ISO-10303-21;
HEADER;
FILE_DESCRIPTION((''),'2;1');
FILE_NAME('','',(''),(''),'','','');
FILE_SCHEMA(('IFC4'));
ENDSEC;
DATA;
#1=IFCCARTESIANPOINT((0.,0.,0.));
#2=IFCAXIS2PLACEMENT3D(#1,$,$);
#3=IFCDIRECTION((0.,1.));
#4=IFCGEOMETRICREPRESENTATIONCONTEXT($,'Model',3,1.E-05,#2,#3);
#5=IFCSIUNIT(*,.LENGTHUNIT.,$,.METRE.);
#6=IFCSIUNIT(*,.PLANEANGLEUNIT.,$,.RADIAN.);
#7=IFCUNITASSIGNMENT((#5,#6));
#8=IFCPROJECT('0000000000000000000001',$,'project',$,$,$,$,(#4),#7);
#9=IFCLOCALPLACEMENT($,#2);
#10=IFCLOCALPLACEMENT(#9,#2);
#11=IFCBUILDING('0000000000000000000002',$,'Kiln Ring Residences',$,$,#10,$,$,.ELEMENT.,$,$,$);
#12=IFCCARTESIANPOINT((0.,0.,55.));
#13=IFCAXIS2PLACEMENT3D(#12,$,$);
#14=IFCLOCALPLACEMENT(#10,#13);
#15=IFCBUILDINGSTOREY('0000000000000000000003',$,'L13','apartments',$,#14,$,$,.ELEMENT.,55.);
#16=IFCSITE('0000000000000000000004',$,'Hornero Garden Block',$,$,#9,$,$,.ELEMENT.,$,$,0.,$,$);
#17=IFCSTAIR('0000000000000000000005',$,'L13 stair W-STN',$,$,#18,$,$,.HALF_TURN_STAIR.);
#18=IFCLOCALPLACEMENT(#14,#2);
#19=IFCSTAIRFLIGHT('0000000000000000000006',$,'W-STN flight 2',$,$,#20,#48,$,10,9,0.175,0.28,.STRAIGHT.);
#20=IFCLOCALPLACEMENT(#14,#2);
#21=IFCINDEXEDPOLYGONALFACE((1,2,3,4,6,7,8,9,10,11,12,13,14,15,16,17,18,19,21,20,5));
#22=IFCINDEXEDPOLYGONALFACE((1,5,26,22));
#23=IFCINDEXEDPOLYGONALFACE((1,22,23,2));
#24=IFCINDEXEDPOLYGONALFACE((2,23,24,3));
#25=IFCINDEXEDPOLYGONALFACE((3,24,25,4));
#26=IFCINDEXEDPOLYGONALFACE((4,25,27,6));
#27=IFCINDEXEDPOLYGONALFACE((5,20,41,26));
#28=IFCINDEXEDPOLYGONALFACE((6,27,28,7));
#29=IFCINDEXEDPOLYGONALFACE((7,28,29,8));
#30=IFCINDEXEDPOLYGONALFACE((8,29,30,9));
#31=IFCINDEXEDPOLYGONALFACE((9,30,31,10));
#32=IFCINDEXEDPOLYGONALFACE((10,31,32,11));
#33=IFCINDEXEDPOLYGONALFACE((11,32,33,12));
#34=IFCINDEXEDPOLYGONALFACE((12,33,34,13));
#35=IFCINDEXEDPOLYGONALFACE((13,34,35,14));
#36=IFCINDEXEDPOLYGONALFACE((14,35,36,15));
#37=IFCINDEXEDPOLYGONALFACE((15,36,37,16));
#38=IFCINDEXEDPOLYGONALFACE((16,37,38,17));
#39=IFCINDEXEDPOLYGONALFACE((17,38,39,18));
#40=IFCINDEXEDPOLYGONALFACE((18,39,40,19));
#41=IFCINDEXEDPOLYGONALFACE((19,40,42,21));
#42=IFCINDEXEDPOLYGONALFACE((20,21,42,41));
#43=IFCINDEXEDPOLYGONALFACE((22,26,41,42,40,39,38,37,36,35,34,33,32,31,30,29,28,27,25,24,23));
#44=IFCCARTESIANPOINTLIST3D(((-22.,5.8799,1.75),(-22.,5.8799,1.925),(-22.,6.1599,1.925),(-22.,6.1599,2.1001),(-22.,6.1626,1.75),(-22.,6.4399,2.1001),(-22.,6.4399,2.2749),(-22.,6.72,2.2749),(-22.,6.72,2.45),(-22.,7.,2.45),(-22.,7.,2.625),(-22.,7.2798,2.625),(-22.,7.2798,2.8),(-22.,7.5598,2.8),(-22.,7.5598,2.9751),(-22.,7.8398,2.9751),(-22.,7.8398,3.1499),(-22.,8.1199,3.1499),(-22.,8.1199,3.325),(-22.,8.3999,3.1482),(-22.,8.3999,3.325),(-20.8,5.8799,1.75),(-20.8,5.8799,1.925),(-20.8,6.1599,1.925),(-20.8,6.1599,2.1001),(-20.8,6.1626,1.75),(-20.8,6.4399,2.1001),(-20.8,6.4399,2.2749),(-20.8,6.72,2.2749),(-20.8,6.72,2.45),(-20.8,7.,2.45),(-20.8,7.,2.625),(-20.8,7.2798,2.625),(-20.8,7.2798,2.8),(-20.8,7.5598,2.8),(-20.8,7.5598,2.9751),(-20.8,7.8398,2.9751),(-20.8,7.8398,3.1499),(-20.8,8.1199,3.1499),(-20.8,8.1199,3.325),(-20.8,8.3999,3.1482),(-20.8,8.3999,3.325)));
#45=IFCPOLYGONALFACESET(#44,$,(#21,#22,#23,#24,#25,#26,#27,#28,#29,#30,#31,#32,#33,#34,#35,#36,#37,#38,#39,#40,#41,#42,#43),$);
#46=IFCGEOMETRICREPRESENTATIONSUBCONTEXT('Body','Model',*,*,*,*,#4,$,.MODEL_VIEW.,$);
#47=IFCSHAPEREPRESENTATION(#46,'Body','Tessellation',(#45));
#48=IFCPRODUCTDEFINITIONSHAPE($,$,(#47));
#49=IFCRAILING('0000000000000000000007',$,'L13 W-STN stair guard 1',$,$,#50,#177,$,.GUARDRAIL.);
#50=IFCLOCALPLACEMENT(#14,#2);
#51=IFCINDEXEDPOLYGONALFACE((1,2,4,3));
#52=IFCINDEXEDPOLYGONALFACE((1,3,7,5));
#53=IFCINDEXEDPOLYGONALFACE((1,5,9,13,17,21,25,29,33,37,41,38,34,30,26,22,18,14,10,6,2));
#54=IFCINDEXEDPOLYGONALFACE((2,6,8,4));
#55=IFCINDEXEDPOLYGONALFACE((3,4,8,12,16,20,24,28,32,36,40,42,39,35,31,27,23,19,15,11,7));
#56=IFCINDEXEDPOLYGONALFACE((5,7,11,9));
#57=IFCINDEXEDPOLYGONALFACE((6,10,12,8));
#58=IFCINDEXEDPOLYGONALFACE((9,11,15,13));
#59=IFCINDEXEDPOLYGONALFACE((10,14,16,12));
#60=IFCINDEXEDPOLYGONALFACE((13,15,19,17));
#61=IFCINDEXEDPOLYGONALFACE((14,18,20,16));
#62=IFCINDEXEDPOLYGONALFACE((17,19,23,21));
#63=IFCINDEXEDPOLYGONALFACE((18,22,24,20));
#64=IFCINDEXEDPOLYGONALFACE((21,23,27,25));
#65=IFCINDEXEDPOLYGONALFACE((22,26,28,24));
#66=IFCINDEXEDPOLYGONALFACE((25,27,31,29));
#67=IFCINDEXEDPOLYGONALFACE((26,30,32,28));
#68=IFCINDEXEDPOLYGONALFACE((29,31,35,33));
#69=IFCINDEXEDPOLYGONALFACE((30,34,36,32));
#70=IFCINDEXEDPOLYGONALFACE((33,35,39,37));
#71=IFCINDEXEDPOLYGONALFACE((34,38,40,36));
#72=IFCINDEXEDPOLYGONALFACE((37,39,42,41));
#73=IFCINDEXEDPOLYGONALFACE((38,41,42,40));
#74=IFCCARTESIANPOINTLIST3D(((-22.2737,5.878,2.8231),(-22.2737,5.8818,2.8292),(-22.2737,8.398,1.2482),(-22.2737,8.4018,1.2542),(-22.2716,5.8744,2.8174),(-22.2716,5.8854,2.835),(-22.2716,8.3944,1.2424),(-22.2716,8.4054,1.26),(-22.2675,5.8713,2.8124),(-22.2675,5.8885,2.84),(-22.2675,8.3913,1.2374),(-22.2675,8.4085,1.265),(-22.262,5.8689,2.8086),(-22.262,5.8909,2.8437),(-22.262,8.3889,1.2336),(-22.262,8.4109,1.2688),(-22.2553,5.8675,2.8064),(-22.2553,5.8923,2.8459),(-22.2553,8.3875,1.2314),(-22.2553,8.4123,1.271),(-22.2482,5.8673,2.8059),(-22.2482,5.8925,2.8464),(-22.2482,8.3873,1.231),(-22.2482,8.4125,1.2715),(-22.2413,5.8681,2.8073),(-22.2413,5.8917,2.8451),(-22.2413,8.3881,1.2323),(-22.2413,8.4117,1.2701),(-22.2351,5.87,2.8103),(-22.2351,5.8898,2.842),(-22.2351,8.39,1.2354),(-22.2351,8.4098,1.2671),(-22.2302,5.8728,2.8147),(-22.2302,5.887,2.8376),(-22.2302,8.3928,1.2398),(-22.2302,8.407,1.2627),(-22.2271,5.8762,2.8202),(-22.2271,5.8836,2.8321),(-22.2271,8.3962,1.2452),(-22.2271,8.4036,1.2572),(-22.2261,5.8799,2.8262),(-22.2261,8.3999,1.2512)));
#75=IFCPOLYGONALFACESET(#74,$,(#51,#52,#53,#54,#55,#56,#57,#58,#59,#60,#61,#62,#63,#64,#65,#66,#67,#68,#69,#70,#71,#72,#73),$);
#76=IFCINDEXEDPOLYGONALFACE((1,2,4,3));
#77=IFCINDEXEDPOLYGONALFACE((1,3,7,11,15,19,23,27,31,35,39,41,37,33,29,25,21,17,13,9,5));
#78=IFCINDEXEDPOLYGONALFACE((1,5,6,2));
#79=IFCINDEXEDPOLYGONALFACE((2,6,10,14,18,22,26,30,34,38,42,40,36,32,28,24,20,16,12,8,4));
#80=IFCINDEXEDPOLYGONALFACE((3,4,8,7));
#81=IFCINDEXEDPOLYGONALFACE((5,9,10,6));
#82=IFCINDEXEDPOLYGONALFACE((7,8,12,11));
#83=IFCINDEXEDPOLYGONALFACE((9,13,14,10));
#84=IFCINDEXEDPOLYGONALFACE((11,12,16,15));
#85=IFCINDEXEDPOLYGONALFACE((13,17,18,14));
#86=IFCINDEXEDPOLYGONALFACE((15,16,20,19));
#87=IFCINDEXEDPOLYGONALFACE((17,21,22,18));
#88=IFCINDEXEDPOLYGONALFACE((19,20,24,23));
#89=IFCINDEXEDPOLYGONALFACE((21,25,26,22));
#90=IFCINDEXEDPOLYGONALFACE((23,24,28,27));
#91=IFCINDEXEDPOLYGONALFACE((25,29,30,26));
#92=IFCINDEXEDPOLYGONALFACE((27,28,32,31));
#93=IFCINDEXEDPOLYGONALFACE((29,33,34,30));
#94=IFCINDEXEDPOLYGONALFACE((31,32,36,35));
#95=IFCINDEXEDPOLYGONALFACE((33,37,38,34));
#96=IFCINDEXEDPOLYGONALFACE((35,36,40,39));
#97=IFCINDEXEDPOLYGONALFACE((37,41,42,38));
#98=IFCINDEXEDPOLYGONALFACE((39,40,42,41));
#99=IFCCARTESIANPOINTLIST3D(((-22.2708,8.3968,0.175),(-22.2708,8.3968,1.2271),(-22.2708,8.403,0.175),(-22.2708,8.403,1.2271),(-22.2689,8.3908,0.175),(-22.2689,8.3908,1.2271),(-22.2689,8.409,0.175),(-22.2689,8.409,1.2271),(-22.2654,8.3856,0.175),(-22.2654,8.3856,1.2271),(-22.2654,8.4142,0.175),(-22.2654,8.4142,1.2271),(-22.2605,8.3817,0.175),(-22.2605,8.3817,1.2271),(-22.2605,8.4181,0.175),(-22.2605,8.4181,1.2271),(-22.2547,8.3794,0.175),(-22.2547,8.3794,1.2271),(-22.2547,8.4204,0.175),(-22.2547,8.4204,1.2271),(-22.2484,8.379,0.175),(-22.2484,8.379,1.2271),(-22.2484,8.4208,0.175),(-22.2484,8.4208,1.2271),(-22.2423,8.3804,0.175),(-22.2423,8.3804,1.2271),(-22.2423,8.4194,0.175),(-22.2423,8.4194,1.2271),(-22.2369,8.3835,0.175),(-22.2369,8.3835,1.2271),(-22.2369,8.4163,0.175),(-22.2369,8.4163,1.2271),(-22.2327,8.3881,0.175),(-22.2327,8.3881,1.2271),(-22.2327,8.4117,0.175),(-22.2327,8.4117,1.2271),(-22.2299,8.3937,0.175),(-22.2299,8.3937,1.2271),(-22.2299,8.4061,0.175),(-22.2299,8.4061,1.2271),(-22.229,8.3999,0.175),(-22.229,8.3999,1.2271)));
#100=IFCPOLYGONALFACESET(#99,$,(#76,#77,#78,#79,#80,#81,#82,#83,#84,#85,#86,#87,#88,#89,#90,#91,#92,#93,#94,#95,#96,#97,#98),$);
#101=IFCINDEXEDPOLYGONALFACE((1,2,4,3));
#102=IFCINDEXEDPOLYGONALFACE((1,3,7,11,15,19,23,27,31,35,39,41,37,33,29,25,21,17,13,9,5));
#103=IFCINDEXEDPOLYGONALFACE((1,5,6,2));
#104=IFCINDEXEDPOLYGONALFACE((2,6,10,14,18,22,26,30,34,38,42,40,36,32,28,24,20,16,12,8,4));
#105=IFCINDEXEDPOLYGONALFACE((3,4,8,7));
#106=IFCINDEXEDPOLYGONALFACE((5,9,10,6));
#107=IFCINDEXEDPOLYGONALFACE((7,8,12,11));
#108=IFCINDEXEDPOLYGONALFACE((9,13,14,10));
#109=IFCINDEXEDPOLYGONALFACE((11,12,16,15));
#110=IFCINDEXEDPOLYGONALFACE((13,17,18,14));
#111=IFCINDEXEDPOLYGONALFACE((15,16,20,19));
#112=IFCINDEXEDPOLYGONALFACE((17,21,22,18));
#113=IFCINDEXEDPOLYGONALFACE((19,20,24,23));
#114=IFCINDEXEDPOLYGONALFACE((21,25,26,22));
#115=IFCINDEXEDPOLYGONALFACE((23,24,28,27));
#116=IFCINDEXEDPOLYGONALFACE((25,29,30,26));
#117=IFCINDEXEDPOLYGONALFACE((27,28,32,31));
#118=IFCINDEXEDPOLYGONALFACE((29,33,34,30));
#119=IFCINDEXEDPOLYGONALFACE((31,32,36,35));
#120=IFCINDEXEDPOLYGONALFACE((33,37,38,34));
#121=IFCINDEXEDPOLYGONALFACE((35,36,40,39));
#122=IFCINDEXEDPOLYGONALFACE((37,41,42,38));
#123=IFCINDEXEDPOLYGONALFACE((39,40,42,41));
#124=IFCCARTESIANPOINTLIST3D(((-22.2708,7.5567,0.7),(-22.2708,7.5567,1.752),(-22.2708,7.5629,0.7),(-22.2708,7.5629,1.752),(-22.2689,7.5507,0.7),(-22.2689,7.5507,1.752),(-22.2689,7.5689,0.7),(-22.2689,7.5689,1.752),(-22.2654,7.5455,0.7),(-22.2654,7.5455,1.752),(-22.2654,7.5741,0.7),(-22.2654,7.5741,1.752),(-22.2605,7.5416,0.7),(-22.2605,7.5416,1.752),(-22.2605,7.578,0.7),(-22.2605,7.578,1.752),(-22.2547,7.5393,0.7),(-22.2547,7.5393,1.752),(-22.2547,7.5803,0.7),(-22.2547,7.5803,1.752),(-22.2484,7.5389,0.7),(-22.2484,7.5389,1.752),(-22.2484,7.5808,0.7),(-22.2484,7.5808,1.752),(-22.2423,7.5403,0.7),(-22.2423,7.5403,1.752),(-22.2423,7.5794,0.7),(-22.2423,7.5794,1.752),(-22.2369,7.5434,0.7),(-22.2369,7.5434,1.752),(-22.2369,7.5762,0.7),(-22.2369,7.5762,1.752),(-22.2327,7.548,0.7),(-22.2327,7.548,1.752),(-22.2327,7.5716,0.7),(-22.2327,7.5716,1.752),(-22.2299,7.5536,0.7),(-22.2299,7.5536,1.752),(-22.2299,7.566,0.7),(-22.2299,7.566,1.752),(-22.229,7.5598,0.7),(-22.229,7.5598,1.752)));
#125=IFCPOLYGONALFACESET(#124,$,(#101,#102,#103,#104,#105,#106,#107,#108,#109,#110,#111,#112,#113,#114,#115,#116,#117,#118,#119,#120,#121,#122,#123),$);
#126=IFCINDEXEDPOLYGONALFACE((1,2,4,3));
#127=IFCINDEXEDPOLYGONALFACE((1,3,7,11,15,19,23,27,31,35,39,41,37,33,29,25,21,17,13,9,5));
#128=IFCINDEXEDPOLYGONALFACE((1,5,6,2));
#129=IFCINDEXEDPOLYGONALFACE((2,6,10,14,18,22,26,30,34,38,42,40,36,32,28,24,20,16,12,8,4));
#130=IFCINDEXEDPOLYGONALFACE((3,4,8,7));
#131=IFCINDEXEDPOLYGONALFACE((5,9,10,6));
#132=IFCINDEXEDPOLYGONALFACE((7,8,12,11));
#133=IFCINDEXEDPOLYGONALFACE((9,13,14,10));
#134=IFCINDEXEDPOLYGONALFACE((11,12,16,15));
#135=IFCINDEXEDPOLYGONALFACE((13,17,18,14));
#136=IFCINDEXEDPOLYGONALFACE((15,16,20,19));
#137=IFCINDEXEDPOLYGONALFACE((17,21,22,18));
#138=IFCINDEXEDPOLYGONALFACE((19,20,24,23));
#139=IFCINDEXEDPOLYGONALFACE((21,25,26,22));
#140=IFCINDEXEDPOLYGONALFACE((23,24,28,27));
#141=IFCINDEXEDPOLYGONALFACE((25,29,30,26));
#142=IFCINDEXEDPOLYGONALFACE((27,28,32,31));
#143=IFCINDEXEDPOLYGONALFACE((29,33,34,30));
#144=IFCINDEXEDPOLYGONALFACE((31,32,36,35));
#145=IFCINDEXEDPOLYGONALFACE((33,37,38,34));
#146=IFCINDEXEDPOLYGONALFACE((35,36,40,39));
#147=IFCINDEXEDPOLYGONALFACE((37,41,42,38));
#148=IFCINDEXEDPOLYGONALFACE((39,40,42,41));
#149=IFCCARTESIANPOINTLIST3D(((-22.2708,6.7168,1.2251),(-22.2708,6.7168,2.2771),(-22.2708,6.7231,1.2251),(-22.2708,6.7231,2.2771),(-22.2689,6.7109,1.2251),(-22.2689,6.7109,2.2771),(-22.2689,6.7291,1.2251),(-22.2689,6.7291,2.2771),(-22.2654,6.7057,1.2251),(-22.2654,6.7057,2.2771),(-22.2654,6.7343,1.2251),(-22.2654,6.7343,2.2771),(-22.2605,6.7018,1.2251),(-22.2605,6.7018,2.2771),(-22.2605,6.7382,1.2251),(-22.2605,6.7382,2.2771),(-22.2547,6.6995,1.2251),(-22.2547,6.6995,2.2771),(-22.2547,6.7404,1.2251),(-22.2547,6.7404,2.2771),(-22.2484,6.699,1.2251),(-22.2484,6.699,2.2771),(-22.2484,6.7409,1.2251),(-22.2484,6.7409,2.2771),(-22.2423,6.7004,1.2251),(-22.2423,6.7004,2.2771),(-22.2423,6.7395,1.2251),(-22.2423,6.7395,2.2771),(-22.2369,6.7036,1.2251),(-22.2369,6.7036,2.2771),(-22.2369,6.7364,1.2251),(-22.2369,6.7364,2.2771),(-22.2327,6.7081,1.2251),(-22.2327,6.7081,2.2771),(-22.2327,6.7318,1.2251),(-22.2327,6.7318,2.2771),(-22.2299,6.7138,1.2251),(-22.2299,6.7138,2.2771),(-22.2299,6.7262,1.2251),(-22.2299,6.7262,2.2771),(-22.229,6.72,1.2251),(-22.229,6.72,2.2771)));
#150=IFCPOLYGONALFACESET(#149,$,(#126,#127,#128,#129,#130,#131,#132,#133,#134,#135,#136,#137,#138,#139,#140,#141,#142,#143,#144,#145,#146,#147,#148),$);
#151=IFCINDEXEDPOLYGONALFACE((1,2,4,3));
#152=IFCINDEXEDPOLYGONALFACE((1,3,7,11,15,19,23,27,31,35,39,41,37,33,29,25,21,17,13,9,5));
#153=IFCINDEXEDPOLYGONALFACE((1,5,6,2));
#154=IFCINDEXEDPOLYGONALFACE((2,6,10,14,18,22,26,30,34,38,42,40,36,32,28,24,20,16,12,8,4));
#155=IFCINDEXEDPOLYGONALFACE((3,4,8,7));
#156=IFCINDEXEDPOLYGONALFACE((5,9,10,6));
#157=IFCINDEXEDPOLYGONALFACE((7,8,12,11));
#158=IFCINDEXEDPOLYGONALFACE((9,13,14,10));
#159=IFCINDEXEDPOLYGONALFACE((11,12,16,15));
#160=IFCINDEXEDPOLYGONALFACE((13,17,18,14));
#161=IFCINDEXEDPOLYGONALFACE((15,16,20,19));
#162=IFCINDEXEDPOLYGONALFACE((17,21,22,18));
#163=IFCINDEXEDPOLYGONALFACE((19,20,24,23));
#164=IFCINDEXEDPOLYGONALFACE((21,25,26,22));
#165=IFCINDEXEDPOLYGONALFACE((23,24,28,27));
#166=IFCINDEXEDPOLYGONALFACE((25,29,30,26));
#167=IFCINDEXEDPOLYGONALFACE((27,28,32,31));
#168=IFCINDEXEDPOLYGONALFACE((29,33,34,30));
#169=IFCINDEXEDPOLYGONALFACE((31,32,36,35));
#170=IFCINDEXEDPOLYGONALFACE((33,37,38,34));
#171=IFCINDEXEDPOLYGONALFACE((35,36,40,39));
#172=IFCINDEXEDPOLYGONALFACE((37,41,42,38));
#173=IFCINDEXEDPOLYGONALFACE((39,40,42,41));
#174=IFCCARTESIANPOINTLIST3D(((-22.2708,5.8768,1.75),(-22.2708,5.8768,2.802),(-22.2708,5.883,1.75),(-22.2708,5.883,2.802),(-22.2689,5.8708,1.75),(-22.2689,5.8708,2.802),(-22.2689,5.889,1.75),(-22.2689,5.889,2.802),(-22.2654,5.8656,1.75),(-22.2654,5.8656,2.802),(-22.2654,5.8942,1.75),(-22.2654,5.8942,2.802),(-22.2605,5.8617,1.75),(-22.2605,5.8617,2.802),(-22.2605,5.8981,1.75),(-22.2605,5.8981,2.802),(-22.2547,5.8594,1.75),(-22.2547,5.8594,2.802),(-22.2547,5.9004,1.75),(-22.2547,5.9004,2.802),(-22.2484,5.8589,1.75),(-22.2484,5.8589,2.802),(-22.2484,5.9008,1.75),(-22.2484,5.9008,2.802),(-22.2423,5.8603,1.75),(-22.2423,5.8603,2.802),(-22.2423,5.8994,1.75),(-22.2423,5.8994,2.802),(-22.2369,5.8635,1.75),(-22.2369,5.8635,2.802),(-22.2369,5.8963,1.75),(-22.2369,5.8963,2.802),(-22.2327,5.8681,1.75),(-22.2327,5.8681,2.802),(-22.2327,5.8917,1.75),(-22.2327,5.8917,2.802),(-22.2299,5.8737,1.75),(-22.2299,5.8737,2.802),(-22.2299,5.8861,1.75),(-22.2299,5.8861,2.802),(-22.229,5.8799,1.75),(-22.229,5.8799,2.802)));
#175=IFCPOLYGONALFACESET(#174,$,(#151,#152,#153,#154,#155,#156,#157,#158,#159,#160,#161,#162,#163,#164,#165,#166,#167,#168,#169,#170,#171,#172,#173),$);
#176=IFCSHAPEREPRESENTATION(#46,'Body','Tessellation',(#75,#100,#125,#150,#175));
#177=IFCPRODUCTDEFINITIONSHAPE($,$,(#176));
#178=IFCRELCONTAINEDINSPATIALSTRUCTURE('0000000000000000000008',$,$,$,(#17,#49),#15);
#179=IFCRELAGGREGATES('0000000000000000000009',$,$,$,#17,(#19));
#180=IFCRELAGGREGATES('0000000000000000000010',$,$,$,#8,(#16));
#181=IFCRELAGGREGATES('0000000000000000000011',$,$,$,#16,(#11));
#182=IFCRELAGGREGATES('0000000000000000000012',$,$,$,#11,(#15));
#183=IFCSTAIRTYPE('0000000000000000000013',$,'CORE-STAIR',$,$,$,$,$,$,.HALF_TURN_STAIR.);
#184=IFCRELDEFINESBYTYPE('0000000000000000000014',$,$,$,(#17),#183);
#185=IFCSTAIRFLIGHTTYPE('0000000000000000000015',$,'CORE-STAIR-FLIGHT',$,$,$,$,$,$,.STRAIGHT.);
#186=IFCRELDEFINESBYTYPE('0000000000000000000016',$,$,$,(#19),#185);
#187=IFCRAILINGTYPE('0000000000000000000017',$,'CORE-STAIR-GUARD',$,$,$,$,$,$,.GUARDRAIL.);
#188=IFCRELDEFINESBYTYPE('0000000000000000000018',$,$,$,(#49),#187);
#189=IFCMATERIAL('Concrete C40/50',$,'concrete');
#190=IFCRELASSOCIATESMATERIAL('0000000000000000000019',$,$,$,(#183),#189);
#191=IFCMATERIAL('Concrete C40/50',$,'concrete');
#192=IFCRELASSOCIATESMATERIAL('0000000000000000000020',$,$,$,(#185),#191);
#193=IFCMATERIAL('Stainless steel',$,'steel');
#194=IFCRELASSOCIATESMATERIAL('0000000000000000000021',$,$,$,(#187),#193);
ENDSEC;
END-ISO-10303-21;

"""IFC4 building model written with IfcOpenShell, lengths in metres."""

from ifc_helpers import new_model, si_unit, direction, frame, origin, origin_2d, place, context, subcontext, project, spatial, polyline, circle, outline, extrude, material, type_object, element, aggregate, save


model = new_model("IFC4")

# Units and contexts
model_context = context("Model", 3, precision=1e-05, world=origin(), true_north=direction((0.0, 1.0)))
body_context = subcontext(model_context, "Body", "Model", "MODEL_VIEW")
ifc_project = project(units=[si_unit("LENGTHUNIT", "METRE"), si_unit("PLANEANGLEUNIT", "RADIAN")], contexts=[model_context])

# Site, building, storey
site_placement = place(None, origin())
site = spatial("IfcSite", under=ifc_project, at=site_placement, Name="Hornero Garden Block", CompositionType="ELEMENT", RefElevation=0.0)
building_placement = place(site_placement, origin())
building = spatial("IfcBuilding", under=site, at=building_placement, Name="Kiln Ring Residences", CompositionType="ELEMENT")
storey_placement = place(building_placement, frame((0.0, 0.0, 55.0)))
storey = spatial("IfcBuildingStorey", under=building, at=storey_placement, Name="L13", Description="apartments", CompositionType="ELEMENT", Elevation=55.0)

# Stair, stair flight
ifc_material_1 = material(Name="Concrete C40/50", Category="concrete")
stair_type = type_object("IfcStairType", Name="CORE-STAIR", PredefinedType="HALF_TURN_STAIR", material=ifc_material_1)
stair_placement = place(storey_placement, origin())
stair = element("IfcStair", 1, at=stair_placement, inside=storey, type_object=stair_type, Name="L13 stair W-STN", PredefinedType="HALF_TURN_STAIR")
ifc_material_2 = material(Name="Concrete C40/50", Category="concrete")
stair_flight_type = type_object("IfcStairFlightType", Name="CORE-STAIR-FLIGHT", PredefinedType="STRAIGHT", material=ifc_material_2)
stair_flight_1_placement = place(storey_placement, frame((-21.3999, 5.8799, 1.75), z_axis=(0.0, 0.0, 1.0), x_axis=(0.0, 1.0, 0.0)))
stair_flight_1 = element("IfcStairFlight", 2, at=stair_flight_1_placement, type_object=stair_flight_type, Name="W-STN flight 2", NumberOfRisers=10, NumberOfTreads=9, PredefinedType="STRAIGHT", RiserHeight=0.175, TreadLength=0.28, context=body_context, shape_type="SweptSolid", body=[
    extrude(outline(polyline([(0.0, 0.0), (0.0, 0.175), (0.28, 0.175), (0.28, 0.3501), (0.5601, 0.3501), (0.5601, 0.5249), (0.8401, 0.5249), (0.8401, 0.7), (1.1201, 0.7), (1.1201, 0.875), (1.3999, 0.875), (1.3999, 1.05), (1.6799, 1.05), (1.6799, 1.2251), (1.96, 1.2251), (1.96, 1.3999), (2.24, 1.3999), (2.24, 1.575), (2.52, 1.575), (2.52, 1.75), (2.52, 1.3982), (0.2827, 0.0), (0.0, 0.0)])), frame((0.0, 0.6001, 0.0), z_axis=(0.0, -1.0, 0.0), x_axis=(1.0, 0.0, 0.0)), (0.0, 0.0, 1.0), 1.2),
])
aggregate(stair, [stair_flight_1])

# Railing
ifc_material_3 = material(Name="Stainless steel", Category="steel")
railing_type_1 = type_object("IfcRailingType", Name="CORE-STAIR-GUARD", PredefinedType="GUARDRAIL", material=ifc_material_3)
railing_1_placement = place(storey_placement, frame((-22.25, 8.3999, 0.175)))
element("IfcRailing", 3, at=railing_1_placement, inside=storey, type_object=railing_type_1, Name="L13 W-STN stair guard 1", PredefinedType="GUARDRAIL", context=body_context, shape_type="SweptSolid", body=[
    extrude(circle(Radius=0.0239, at=origin_2d()), frame((0.0, 0.0, 1.0762), z_axis=(0.0, -0.848008, 0.529984), x_axis=(1.0, 0.0, 0.0)), (0.0, 0.0, 1.0), 2.9717),
    extrude(circle(Radius=0.021, at=origin_2d()), origin(), (0.0, 0.0, 1.0), 1.052),
    extrude(circle(Radius=0.021, at=origin_2d()), frame((0.0, -0.8401, 0.5249)), (0.0, 0.0, 1.0), 1.052),
    extrude(circle(Radius=0.021, at=origin_2d()), frame((0.0, -1.6799, 1.05)), (0.0, 0.0, 1.0), 1.052),
    extrude(circle(Radius=0.021, at=origin_2d()), frame((0.0, -2.52, 1.575)), (0.0, 0.0, 1.0), 1.052),
])

save(model, "model.ifc")
